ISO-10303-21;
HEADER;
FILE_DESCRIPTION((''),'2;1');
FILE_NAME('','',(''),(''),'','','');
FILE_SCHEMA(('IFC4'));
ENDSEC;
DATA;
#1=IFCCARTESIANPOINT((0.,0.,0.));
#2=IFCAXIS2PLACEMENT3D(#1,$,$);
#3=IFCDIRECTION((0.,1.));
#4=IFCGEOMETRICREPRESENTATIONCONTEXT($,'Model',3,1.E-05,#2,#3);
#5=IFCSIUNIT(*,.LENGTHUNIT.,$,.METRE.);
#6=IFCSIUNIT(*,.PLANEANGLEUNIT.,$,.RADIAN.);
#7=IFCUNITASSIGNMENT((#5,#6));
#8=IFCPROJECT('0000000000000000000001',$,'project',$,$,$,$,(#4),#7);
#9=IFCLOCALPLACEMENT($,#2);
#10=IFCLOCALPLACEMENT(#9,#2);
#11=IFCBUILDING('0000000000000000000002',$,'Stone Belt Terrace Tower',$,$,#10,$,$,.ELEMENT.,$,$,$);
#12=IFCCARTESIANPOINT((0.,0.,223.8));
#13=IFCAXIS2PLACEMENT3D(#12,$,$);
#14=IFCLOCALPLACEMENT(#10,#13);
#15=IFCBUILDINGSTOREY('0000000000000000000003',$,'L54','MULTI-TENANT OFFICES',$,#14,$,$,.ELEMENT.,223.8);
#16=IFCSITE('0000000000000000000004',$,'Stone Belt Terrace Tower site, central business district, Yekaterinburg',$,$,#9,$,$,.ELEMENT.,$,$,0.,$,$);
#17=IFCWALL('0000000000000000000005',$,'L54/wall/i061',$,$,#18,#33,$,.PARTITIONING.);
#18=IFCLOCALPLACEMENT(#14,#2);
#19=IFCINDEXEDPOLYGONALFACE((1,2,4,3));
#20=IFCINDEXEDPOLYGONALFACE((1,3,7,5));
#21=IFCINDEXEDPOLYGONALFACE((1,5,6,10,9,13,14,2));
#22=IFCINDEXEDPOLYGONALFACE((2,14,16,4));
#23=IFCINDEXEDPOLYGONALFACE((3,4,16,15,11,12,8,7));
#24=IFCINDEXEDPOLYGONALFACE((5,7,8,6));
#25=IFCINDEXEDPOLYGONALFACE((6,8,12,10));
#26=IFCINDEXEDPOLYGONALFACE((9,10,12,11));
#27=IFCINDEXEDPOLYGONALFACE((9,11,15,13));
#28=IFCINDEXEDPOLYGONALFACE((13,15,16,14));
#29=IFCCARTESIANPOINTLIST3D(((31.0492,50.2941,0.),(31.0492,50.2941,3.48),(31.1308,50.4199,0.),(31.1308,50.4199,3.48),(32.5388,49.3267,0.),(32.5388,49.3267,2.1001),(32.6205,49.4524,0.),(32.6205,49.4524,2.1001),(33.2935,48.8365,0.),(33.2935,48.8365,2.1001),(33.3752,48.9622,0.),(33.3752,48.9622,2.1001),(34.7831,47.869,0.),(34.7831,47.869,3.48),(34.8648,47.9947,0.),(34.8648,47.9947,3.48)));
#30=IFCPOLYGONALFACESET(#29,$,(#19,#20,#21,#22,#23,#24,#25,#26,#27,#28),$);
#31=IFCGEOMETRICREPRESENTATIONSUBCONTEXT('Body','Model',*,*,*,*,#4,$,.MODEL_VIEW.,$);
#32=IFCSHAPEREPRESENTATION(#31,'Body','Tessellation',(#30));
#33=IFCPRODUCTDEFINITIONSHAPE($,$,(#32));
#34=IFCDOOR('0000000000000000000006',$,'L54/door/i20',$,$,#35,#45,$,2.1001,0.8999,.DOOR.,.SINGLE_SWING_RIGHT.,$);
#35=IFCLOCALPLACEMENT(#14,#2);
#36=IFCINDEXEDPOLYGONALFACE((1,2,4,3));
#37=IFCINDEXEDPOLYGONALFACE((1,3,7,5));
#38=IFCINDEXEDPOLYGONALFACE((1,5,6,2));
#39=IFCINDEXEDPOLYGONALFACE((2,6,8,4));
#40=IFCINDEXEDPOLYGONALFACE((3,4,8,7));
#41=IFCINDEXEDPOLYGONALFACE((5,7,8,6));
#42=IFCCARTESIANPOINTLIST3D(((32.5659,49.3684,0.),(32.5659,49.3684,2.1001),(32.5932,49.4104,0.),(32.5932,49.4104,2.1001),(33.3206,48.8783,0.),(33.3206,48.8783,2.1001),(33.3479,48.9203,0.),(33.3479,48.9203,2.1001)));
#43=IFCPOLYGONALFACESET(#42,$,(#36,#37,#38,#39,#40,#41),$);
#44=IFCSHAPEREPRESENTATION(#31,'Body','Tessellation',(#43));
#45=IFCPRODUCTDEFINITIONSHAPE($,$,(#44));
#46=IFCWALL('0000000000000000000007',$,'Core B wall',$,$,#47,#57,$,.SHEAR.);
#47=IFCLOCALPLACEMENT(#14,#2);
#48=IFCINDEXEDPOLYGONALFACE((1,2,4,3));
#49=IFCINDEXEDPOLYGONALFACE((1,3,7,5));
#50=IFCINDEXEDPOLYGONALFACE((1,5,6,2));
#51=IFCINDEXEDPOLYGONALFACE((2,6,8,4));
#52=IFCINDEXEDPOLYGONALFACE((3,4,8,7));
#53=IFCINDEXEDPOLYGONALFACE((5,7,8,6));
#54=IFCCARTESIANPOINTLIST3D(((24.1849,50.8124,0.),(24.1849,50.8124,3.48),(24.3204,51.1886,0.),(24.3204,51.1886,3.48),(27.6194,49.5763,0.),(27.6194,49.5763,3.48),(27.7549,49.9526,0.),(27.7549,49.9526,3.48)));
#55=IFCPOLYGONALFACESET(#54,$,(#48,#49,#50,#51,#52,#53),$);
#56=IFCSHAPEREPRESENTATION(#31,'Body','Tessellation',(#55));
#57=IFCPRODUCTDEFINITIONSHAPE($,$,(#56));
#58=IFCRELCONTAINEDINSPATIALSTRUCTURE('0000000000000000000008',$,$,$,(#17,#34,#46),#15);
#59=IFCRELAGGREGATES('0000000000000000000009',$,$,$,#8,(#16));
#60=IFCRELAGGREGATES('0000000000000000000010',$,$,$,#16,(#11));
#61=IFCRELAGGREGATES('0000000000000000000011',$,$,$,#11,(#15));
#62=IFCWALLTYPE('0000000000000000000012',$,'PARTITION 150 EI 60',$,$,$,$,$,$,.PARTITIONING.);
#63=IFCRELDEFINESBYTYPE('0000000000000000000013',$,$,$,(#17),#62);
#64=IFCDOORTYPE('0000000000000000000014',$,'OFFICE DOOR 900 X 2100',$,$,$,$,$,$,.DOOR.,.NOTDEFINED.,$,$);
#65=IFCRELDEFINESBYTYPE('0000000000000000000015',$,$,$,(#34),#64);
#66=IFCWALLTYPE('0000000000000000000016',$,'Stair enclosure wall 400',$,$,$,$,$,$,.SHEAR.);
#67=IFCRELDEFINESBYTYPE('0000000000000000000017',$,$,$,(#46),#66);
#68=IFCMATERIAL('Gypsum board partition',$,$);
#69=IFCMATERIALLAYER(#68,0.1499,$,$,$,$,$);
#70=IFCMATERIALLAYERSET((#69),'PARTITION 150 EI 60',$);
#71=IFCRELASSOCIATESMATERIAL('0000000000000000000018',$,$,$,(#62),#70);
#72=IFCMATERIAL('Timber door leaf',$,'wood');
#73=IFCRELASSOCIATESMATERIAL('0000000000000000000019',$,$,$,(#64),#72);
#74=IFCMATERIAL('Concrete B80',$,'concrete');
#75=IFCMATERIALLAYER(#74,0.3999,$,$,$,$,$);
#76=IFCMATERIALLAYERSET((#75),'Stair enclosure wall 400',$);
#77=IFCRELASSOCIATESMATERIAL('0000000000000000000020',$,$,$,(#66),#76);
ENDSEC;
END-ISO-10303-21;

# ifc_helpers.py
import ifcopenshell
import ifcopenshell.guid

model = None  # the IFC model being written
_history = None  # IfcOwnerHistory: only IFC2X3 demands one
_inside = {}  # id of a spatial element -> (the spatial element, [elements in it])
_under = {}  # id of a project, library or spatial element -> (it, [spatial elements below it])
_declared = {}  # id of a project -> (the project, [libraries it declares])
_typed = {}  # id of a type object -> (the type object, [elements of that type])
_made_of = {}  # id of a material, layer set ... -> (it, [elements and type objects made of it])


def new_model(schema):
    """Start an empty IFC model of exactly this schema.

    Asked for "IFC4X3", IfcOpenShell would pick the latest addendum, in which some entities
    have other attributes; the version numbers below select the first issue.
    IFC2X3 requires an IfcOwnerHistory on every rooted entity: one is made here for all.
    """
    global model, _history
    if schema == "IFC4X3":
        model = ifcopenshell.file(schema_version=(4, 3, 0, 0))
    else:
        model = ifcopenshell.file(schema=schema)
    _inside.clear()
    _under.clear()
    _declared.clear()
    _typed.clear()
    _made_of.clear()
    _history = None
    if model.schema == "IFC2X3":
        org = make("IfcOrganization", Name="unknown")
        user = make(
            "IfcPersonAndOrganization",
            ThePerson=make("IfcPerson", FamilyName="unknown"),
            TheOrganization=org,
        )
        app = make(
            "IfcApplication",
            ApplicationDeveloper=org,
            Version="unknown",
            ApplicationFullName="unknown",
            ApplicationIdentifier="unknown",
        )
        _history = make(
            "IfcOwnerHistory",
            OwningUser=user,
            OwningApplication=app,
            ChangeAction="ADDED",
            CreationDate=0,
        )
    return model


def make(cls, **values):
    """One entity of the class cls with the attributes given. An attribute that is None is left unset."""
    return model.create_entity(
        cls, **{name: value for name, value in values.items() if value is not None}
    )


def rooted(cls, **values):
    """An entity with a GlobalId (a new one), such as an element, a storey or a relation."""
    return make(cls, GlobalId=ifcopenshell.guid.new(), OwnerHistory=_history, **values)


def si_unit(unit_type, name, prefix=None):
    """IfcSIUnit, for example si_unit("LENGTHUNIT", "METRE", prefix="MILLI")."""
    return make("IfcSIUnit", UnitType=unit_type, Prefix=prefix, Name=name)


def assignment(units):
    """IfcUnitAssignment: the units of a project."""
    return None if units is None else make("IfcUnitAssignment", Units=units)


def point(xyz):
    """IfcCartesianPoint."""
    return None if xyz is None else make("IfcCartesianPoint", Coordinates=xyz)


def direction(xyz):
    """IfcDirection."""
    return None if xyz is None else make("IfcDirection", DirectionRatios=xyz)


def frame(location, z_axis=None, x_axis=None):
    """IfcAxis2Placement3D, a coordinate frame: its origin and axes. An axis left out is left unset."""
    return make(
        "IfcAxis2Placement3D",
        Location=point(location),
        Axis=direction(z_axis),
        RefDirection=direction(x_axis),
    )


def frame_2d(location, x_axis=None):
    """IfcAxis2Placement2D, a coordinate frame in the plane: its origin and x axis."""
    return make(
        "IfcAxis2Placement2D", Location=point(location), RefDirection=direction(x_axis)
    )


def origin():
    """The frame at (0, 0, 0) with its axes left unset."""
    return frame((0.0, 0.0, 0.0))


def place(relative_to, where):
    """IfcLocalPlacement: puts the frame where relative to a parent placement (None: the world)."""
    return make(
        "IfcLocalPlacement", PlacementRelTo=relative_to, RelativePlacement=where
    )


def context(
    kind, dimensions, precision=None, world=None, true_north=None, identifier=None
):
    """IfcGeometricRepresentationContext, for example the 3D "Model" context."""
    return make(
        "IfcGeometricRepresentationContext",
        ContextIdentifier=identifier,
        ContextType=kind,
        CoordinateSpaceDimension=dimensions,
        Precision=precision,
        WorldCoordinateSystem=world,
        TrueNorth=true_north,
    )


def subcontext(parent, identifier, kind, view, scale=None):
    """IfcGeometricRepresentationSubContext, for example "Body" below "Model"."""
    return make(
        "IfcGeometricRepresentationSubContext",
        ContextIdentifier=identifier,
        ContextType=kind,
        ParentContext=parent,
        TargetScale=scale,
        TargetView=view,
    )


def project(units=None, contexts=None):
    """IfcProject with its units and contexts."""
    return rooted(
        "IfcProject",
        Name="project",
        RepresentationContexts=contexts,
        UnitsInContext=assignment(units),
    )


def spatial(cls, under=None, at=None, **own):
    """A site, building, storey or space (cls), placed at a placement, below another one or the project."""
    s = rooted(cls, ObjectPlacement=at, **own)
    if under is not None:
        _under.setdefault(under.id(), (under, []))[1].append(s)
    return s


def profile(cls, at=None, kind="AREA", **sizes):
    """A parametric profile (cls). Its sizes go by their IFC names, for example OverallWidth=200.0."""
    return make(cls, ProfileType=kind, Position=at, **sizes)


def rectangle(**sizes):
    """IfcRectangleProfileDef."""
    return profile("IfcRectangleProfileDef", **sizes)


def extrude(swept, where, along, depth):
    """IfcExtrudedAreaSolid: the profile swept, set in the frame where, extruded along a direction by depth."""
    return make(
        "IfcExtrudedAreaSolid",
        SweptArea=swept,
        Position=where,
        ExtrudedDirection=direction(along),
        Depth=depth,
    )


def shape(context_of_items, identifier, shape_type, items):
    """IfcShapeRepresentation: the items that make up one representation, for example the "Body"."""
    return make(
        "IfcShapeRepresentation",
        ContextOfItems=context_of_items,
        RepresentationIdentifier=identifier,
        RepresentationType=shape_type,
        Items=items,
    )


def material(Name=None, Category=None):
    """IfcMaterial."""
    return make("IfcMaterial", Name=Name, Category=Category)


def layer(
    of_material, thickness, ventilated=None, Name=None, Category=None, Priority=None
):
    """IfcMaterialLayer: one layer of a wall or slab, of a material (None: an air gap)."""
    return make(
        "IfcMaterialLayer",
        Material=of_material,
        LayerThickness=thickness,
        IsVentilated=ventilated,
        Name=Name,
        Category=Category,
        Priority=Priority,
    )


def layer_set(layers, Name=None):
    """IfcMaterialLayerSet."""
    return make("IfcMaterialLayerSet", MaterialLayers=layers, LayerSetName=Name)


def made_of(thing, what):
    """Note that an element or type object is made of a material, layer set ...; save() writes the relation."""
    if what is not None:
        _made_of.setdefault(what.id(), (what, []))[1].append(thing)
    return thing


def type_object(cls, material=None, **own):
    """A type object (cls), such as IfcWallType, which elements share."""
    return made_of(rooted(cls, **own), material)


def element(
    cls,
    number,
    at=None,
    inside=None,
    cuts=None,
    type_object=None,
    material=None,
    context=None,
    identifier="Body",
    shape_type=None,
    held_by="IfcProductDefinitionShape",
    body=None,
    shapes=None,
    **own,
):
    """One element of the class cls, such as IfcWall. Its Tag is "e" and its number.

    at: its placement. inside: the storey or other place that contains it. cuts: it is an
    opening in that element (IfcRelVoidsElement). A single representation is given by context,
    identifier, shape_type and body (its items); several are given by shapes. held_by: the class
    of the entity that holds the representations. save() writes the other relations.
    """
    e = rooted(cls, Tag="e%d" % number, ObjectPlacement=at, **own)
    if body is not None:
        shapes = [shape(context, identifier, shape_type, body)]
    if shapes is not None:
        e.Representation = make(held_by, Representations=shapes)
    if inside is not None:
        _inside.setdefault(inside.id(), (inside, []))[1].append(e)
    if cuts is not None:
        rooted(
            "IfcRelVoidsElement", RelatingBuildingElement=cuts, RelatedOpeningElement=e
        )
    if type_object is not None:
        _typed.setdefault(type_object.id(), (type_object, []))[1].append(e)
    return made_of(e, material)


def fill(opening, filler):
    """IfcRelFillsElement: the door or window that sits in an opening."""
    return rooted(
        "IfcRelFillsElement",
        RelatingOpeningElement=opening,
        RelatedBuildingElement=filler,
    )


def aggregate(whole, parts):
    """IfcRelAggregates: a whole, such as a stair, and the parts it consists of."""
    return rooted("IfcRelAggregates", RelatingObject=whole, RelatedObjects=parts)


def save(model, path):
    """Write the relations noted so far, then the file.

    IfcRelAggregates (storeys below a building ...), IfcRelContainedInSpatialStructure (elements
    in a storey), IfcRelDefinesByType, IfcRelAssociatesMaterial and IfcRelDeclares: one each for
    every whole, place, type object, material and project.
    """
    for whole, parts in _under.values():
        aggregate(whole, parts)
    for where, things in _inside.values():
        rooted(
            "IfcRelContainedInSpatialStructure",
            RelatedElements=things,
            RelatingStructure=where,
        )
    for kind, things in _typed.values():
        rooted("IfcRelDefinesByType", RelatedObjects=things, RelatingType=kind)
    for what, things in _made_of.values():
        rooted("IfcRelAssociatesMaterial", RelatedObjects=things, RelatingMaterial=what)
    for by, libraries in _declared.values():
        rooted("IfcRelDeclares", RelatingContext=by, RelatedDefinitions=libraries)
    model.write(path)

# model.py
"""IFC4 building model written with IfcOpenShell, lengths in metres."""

from ifc_helpers import new_model, si_unit, direction, frame, frame_2d, origin, place, context, subcontext, project, spatial, rectangle, extrude, material, layer, layer_set, type_object, element, fill, save


model = new_model("IFC4")

# Units and contexts
model_context = context("Model", 3, precision=1e-05, world=origin(), true_north=direction((0.0, 1.0)))
body_context = subcontext(model_context, "Body", "Model", "MODEL_VIEW")
ifc_project = project(units=[si_unit("LENGTHUNIT", "METRE"), si_unit("PLANEANGLEUNIT", "RADIAN")], contexts=[model_context])

# Site, building, storey
site_placement = place(None, origin())
site = spatial("IfcSite", under=ifc_project, at=site_placement, Name="Stone Belt Terrace Tower site, central business district, Yekaterinburg", CompositionType="ELEMENT", RefElevation=0.0)
building_placement = place(site_placement, origin())
building = spatial("IfcBuilding", under=site, at=building_placement, Name="Stone Belt Terrace Tower", CompositionType="ELEMENT")
storey_placement = place(building_placement, frame((0.0, 0.0, 223.8)))
storey = spatial("IfcBuildingStorey", under=building, at=storey_placement, Name="L54", Description="MULTI-TENANT OFFICES", CompositionType="ELEMENT", Elevation=223.8)

# Shared definitions
ifc_material_1 = material(Name="Timber door leaf", Category="wood")

# Shared definitions
ifc_material_2 = material(Name="Concrete B80", Category="concrete")

# Shared definitions
ifc_material_3 = material(Name="Gypsum board partition")
ifc_layer_1 = layer(ifc_material_3, 0.1499)
ifc_layer_set_1 = layer_set([ifc_layer_1], Name="PARTITION 150 EI 60")
wall_type_1 = type_object("IfcWallType", Name="PARTITION 150 EI 60", PredefinedType="PARTITIONING", material=ifc_layer_set_1)
door_type_1 = type_object("IfcDoorType", Name="OFFICE DOOR 900 X 2100", OperationType="NOTDEFINED", PredefinedType="DOOR", material=ifc_material_1)

# Wall, opening, door
wall_1_placement = place(storey_placement, frame((31.0901, 50.3569, 0.0), z_axis=(0.0, 0.0, 1.0), x_axis=(0.838647, -0.544676, 0.0)))
wall_1 = element("IfcWall", 1, at=wall_1_placement, inside=storey, type_object=wall_type_1, Name="L54/wall/i061", PredefinedType="PARTITIONING", context=body_context, shape_type="SweptSolid", body=[
    extrude(rectangle(XDim=4.4524, YDim=0.1499, at=frame_2d((2.2261, 0.0))), origin(), (0.0, 0.0, 1.0), 3.48),
])
opening_1_placement = place(wall_1_placement, frame((1.7761, 0.0, 0.0)))
opening_1 = element("IfcOpeningElement", 2, at=opening_1_placement, cuts=wall_1, PredefinedType="OPENING", context=body_context, shape_type="SweptSolid", body=[
    extrude(rectangle(XDim=0.8999, YDim=2.1001, at=frame_2d((0.45, 1.05))), frame((0.0, 0.085, 0.0), z_axis=(0.0, -1.0, 0.0), x_axis=(1.0, 0.0, 0.0)), (0.0, 0.0, 1.0), 0.1699),
])
door_1_placement = place(opening_1_placement, origin())
door_1 = element("IfcDoor", 3, at=door_1_placement, inside=storey, type_object=door_type_1, Name="L54/door/i20", OperationType="SINGLE_SWING_RIGHT", OverallHeight=2.1001, OverallWidth=0.8999, PredefinedType="DOOR", context=body_context, shape_type="SweptSolid", body=[
    extrude(rectangle(XDim=0.8999, YDim=2.1001, at=frame_2d((0.45, 1.05))), frame((0.0, 0.0249, 0.0), z_axis=(0.0, -1.0, 0.0), x_axis=(1.0, 0.0, 0.0)), (0.0, 0.0, 1.0), 0.05),
])
fill(opening_1, door_1)

# Wall
ifc_layer_2 = layer(ifc_material_2, 0.3999)
ifc_layer_set_2 = layer_set([ifc_layer_2], Name="Stair enclosure wall 400")
wall_type_2 = type_object("IfcWallType", Name="Stair enclosure wall 400", PredefinedType="SHEAR", material=ifc_layer_set_2)
wall_2_placement = place(storey_placement, frame((27.6873, 49.7644, 0.0), z_axis=(0.0, 0.0, 1.0), x_axis=(-0.940919, 0.338632, 0.0)))
element("IfcWall", 4, at=wall_2_placement, inside=storey, type_object=wall_type_2, Name="Core B wall", PredefinedType="SHEAR", context=body_context, shape_type="SweptSolid", body=[
    extrude(rectangle(XDim=3.6501, YDim=0.3999, at=frame_2d((1.8252, 0.0))), origin(), (0.0, 0.0, 1.0), 3.48),
])

save(model, "model.ifc")
